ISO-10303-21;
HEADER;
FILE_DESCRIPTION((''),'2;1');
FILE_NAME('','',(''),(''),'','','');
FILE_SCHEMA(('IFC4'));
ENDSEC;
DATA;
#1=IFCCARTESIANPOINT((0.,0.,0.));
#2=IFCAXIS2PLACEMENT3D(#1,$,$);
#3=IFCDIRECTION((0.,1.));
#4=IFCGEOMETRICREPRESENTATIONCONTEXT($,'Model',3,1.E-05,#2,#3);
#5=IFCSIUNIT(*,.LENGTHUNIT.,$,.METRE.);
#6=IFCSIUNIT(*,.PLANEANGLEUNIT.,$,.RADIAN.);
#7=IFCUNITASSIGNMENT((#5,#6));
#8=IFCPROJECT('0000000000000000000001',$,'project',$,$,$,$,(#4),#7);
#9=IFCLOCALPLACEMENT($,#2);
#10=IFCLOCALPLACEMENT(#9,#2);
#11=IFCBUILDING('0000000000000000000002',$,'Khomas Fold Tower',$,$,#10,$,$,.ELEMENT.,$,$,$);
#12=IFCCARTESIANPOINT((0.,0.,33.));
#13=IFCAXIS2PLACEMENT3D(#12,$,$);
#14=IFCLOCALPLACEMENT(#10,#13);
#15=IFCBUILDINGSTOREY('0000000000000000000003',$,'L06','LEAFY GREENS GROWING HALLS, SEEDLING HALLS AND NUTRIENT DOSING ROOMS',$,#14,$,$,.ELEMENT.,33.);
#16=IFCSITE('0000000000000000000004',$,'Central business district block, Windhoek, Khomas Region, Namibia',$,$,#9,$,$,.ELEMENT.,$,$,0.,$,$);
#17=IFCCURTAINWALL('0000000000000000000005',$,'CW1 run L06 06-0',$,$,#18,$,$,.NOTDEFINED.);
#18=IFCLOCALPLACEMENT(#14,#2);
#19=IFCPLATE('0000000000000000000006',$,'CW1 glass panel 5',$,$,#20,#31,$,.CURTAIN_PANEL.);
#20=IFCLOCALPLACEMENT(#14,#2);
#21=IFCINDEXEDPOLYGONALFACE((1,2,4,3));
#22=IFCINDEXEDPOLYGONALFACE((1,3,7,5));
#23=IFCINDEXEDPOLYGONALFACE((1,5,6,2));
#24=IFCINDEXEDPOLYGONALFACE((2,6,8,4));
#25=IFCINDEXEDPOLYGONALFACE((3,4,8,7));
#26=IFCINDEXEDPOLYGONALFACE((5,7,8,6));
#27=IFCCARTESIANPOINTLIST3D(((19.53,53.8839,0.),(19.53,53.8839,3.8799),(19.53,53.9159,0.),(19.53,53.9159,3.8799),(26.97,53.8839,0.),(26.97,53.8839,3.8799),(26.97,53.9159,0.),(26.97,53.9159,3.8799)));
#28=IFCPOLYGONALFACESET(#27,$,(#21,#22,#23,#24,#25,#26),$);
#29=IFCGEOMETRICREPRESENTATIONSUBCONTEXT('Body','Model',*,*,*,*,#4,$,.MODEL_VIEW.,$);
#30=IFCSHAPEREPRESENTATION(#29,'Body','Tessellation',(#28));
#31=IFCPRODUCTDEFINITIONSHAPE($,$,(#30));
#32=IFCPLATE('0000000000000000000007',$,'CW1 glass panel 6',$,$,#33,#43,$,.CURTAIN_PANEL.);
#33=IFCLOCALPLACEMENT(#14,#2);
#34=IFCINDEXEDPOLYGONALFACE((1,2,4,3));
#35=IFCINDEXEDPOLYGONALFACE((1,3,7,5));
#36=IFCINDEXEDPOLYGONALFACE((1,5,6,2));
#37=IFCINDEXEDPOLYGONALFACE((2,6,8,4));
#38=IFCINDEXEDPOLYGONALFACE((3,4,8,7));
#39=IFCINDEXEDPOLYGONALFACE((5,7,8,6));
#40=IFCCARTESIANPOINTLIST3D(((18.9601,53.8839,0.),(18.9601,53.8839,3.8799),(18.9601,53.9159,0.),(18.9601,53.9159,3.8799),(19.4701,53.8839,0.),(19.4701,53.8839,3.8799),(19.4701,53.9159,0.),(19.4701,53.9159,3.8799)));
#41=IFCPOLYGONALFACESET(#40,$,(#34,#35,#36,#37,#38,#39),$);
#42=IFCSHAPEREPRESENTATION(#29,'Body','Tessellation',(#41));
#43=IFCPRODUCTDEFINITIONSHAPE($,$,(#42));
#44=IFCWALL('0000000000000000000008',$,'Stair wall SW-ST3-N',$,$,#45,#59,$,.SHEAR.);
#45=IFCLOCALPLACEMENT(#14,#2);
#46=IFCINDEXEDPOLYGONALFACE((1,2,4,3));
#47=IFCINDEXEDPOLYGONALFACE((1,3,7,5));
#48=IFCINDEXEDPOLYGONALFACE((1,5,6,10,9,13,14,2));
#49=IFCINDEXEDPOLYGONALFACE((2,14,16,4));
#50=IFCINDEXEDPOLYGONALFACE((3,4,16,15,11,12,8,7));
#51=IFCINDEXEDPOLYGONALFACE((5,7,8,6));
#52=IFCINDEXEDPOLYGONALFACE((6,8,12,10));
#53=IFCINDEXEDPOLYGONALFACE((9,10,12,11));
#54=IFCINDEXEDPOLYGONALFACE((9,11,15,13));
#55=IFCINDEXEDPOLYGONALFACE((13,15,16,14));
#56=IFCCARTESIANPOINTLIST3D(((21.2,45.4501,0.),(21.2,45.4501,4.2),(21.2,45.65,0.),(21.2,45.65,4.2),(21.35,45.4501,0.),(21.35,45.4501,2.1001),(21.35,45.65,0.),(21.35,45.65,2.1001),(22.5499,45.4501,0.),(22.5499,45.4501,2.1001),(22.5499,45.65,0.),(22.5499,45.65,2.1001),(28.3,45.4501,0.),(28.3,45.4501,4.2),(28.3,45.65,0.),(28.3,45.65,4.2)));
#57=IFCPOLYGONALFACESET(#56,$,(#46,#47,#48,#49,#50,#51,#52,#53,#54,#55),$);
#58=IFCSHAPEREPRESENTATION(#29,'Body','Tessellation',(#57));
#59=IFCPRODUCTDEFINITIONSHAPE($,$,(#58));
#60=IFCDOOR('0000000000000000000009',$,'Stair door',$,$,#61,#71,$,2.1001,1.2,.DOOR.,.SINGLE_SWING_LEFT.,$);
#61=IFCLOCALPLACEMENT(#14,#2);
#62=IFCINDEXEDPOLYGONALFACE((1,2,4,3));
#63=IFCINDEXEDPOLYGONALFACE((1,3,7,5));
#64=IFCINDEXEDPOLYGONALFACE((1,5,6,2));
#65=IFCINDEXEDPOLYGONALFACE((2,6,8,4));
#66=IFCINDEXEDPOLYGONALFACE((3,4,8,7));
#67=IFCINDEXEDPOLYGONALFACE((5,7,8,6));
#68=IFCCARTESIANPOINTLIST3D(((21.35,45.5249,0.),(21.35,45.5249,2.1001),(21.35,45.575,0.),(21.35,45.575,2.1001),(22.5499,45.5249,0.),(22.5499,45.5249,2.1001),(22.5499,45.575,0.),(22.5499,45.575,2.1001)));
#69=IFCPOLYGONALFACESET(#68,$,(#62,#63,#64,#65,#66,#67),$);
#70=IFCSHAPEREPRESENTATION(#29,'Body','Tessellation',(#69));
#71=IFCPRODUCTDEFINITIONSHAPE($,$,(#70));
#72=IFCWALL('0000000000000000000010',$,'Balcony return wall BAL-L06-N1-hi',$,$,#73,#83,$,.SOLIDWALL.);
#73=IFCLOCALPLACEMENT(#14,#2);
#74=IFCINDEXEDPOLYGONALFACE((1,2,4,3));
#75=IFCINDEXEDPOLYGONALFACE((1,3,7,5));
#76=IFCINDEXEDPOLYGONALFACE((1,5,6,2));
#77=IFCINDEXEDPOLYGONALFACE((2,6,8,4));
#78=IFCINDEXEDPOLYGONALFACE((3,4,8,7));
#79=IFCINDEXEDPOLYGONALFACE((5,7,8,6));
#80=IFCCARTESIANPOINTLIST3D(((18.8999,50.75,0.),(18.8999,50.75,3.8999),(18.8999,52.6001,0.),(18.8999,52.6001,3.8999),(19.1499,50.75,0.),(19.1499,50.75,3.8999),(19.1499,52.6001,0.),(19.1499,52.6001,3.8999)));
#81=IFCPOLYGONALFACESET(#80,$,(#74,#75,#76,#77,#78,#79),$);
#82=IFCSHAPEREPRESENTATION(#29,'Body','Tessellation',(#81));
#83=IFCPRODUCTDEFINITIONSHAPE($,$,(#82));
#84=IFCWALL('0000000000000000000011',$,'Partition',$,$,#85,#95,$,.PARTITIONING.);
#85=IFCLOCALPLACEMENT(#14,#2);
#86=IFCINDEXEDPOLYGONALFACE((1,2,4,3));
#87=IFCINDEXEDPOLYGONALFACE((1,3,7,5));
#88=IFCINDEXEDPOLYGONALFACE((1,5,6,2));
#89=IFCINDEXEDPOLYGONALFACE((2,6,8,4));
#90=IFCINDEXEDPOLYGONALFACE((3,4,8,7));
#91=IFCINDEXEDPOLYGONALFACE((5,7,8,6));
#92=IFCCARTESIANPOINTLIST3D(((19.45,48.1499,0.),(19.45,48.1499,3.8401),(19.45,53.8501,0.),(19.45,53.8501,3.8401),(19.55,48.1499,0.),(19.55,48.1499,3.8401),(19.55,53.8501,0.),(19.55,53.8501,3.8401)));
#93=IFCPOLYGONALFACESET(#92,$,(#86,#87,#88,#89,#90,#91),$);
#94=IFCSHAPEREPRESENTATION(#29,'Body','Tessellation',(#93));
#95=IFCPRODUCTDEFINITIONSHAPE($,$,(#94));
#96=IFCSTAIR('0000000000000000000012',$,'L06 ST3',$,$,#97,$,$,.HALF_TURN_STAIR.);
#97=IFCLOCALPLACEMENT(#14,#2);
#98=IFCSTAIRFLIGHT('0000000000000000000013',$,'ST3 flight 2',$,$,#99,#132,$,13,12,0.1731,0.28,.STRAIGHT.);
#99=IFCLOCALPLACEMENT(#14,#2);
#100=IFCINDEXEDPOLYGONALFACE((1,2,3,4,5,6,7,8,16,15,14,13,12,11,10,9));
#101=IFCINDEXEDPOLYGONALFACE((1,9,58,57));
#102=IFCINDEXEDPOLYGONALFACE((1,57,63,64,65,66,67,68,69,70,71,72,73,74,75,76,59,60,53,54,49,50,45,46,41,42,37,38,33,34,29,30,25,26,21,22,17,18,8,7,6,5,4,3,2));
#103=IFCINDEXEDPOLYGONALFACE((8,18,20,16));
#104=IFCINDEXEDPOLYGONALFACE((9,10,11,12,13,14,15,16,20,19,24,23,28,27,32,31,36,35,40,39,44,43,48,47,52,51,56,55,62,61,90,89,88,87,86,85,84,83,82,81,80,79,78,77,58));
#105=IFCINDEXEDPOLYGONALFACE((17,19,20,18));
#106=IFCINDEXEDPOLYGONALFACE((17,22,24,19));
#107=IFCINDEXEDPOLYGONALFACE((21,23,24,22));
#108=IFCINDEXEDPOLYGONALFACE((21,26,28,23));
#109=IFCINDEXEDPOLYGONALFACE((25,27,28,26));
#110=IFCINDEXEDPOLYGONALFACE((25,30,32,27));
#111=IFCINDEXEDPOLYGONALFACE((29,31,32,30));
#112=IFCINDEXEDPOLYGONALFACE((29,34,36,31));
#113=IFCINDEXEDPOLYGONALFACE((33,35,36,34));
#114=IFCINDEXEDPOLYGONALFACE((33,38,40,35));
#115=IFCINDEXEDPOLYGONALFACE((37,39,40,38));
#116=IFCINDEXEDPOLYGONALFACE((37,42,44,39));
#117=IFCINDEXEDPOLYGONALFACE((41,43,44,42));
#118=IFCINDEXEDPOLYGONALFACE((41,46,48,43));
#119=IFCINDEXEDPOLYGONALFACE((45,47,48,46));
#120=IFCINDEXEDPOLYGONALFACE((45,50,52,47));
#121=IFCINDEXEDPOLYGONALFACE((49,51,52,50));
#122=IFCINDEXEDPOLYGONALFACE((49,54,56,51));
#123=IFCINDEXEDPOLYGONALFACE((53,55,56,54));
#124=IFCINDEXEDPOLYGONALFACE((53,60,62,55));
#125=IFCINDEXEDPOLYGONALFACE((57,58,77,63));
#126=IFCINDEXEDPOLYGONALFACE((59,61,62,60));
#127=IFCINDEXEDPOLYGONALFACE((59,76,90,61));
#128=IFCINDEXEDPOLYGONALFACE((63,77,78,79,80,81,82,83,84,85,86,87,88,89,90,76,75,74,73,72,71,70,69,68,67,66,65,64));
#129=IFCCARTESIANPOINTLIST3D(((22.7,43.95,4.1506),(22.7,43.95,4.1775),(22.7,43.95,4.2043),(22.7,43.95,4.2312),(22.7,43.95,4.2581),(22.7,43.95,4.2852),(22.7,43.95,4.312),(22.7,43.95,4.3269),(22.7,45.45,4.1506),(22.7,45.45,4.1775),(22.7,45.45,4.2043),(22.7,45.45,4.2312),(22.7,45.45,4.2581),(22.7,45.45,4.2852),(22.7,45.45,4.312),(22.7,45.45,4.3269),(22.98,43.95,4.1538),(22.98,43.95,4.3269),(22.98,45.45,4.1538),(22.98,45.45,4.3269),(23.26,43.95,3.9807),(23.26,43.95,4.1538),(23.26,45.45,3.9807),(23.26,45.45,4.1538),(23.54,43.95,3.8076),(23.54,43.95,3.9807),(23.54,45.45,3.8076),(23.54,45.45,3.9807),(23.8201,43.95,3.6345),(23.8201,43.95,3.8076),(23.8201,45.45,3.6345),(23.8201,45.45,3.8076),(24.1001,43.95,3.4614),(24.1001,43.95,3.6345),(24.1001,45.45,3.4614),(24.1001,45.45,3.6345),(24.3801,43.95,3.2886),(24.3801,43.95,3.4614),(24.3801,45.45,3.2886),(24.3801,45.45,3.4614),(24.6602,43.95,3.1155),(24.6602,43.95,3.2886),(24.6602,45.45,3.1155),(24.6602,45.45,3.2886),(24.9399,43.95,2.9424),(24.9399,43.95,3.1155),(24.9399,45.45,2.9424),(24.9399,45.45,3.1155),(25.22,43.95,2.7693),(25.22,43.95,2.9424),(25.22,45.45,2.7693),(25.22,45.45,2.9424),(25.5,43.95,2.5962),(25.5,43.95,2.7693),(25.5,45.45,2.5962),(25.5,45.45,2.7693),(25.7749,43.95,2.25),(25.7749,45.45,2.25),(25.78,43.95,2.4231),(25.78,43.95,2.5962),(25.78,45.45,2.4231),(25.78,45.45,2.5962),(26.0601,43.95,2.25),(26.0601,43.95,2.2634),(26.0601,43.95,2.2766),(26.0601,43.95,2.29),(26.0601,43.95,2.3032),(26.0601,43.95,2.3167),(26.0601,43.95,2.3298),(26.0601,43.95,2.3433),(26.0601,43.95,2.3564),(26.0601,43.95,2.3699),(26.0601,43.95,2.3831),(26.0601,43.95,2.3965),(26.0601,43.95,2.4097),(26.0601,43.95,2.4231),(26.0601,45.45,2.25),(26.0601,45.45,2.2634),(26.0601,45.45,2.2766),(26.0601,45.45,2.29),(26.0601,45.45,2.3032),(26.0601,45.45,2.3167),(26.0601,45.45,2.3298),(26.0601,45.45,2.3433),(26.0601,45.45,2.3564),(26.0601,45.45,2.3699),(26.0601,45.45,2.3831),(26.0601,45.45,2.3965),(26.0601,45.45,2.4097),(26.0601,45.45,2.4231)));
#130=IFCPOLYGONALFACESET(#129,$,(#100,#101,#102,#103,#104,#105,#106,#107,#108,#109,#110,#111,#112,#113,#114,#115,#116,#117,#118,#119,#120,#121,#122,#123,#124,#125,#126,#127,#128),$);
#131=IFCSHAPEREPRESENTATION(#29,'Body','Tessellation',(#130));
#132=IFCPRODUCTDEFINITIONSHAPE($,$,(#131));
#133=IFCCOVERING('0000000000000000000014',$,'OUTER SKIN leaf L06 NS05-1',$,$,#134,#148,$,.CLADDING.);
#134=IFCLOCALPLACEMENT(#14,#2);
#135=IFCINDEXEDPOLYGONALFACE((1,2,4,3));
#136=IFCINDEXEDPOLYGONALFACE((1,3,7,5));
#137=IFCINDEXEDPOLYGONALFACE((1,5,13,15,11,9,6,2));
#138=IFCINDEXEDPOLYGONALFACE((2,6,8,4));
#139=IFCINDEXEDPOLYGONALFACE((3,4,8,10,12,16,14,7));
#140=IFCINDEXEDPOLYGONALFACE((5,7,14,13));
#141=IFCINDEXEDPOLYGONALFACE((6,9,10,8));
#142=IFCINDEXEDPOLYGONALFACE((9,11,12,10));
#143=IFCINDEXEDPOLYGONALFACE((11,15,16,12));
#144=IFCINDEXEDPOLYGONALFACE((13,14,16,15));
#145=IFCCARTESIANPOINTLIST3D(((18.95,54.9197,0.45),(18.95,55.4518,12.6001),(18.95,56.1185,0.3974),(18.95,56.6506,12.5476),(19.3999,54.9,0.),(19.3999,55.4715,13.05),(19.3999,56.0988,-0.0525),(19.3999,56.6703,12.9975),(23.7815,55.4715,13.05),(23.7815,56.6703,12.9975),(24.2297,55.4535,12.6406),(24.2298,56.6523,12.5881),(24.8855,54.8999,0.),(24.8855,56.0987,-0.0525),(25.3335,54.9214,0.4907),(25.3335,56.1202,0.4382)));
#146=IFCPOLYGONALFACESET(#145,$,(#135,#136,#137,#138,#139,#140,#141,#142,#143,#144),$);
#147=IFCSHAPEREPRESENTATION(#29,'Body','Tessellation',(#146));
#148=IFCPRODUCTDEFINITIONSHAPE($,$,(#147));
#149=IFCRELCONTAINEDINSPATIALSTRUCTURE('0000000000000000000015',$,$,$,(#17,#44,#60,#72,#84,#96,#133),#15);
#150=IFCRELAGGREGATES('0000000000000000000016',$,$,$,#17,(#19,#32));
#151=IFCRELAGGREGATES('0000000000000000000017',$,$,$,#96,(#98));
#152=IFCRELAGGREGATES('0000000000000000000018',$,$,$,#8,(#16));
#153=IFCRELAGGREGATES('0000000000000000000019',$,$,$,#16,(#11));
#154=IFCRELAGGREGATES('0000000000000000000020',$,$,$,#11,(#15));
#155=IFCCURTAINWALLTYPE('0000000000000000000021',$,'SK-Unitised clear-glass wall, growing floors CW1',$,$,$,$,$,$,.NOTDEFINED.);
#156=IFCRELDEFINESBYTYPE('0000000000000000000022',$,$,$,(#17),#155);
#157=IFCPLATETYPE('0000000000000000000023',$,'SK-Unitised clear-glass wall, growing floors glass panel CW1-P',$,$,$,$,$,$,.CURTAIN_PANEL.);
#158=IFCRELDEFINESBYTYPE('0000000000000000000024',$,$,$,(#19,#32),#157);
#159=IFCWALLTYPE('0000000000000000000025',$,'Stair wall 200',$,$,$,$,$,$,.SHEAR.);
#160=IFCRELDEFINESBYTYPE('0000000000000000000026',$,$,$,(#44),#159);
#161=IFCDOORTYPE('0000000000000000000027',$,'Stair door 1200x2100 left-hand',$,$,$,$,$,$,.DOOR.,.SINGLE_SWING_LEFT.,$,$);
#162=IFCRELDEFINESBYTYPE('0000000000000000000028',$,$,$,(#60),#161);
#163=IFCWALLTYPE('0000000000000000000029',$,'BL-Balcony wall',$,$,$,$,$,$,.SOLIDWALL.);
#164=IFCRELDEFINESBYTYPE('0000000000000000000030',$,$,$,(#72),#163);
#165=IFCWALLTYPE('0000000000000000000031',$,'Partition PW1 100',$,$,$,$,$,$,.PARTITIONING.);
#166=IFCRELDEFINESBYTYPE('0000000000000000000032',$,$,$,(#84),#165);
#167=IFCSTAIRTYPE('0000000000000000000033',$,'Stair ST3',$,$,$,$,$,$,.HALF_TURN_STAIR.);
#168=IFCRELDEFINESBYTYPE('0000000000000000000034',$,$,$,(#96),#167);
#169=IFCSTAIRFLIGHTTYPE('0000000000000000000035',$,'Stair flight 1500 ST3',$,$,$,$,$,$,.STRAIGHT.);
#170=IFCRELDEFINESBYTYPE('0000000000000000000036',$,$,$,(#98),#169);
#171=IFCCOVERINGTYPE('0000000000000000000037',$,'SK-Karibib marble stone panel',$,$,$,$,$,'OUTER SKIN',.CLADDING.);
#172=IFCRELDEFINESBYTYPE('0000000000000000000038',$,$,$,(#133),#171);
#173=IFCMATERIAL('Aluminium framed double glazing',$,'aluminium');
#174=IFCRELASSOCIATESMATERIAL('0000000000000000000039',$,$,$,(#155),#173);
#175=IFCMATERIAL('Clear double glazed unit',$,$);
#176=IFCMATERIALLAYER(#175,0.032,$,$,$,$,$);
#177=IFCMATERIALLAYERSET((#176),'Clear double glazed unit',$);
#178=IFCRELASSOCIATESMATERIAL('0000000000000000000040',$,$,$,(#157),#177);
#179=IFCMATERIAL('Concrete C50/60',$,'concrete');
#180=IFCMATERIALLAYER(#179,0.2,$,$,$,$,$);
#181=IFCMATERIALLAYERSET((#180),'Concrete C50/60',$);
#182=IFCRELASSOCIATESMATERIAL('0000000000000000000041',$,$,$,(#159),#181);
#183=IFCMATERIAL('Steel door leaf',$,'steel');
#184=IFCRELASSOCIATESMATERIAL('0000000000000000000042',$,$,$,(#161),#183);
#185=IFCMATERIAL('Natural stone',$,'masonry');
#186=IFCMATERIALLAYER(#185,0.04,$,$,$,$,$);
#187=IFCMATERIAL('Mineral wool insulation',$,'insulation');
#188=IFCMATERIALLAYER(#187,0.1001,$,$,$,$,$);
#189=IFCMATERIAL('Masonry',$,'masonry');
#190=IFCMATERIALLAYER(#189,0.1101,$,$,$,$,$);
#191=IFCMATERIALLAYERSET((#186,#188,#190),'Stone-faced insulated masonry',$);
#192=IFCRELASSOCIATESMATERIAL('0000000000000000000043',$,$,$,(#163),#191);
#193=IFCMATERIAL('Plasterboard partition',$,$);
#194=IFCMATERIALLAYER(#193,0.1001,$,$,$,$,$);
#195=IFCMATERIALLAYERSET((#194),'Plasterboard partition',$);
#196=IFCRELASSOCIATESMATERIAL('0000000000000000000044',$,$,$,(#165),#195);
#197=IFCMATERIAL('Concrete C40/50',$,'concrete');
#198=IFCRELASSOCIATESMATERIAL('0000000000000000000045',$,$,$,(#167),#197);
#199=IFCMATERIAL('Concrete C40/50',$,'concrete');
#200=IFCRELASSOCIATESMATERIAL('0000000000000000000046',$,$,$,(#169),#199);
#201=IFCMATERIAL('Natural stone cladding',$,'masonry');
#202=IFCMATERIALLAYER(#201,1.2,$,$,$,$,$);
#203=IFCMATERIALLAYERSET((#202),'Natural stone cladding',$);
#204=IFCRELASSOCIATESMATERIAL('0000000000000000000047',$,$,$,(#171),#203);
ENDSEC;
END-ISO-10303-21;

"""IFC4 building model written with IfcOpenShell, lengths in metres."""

from ifc_helpers import new_model, si_unit, direction, frame, frame_2d, origin, origin_2d, place, context, subcontext, project, spatial, polyline, rectangle, outline, extrude, source, transform, mapped, material, layer, layer_set, type_object, element, fill, aggregate, save


model = new_model("IFC4")

# Units and contexts
model_context = context("Model", 3, precision=1e-05, world=origin(), true_north=direction((0.0, 1.0)))
body_context = subcontext(model_context, "Body", "Model", "MODEL_VIEW")
ifc_project = project(units=[si_unit("LENGTHUNIT", "METRE"), si_unit("PLANEANGLEUNIT", "RADIAN")], contexts=[model_context])

# Site, building, storey
site_placement = place(None, origin())
site = spatial("IfcSite", under=ifc_project, at=site_placement, Name="Central business district block, Windhoek, Khomas Region, Namibia", CompositionType="ELEMENT", RefElevation=0.0)
building_placement = place(site_placement, origin())
building = spatial("IfcBuilding", under=site, at=building_placement, Name="Khomas Fold Tower", CompositionType="ELEMENT")
storey_placement = place(building_placement, frame((0.0, 0.0, 33.0)))
storey = spatial("IfcBuildingStorey", under=building, at=storey_placement, Name="L06", Description="LEAFY GREENS GROWING HALLS, SEEDLING HALLS AND NUTRIENT DOSING ROOMS", CompositionType="ELEMENT", Elevation=33.0)

# Curtain wall, plates
ifc_material_1 = material(Name="Aluminium framed double glazing", Category="aluminium")
curtain_wall_type = type_object("IfcCurtainWallType", Name="SK-Unitised clear-glass wall, growing floors CW1", PredefinedType="NOTDEFINED", material=ifc_material_1)
curtain_wall_placement = place(storey_placement, origin())
curtain_wall = element("IfcCurtainWall", 1, at=curtain_wall_placement, inside=storey, type_object=curtain_wall_type, Name="CW1 run L06 06-0", PredefinedType="NOTDEFINED")
ifc_material_2 = material(Name="Clear double glazed unit")
ifc_layer_1 = layer(ifc_material_2, 0.032)
ifc_layer_set_1 = layer_set([ifc_layer_1], Name="Clear double glazed unit")
plate_type = type_object("IfcPlateType", Name="SK-Unitised clear-glass wall, growing floors glass panel CW1-P", PredefinedType="CURTAIN_PANEL", material=ifc_layer_set_1)
shared_shape_1 = source(origin(), body_context, "Body", "SweptSolid", [
    extrude(rectangle(XDim=7.4399, YDim=0.032, at=origin_2d()), origin(), (0.0, 0.0, 1.0), 3.8799),
])
plate_1_placement = place(storey_placement, frame((23.25, 53.8999, 0.0), z_axis=(0.0, 0.0, 1.0), x_axis=(-1.0, 0.0, 0.0)))
plate_1 = element("IfcPlate", 2, at=plate_1_placement, type_object=plate_type, Name="CW1 glass panel 5", PredefinedType="CURTAIN_PANEL", context=body_context, shape_type="MappedRepresentation", body=[
    mapped(shared_shape_1, transform((0.0, 0.0, 0.0))),
])
shared_shape_2 = source(origin(), body_context, "Body", "SweptSolid", [
    extrude(rectangle(XDim=0.51, YDim=0.032, at=origin_2d()), origin(), (0.0, 0.0, 1.0), 3.8799),
])
plate_2_placement = place(storey_placement, frame((19.2151, 53.8999, 0.0), z_axis=(0.0, 0.0, 1.0), x_axis=(-1.0, 0.0, 0.0)))
plate_2 = element("IfcPlate", 3, at=plate_2_placement, type_object=plate_type, Name="CW1 glass panel 6", PredefinedType="CURTAIN_PANEL", context=body_context, shape_type="MappedRepresentation", body=[
    mapped(shared_shape_2, transform((0.0, 0.0, 0.0))),
])
aggregate(curtain_wall, [plate_1, plate_2])

# Wall, opening, door
ifc_material_3 = material(Name="Concrete C50/60", Category="concrete")
ifc_layer_2 = layer(ifc_material_3, 0.2)
ifc_layer_set_2 = layer_set([ifc_layer_2], Name="Concrete C50/60")
wall_type_1 = type_object("IfcWallType", Name="Stair wall 200", PredefinedType="SHEAR", material=ifc_layer_set_2)
shared_shape_3 = source(origin(), body_context, "Body", "SweptSolid", [
    extrude(rectangle(XDim=7.1001, YDim=0.2, at=frame_2d((3.55, 0.0))), origin(), (0.0, 0.0, 1.0), 4.2),
])
wall_1_placement = place(storey_placement, frame((21.2, 45.55, 0.0), z_axis=(0.0, 0.0, 1.0), x_axis=(1.0, 0.0, 0.0)))
wall_1 = element("IfcWall", 4, at=wall_1_placement, inside=storey, type_object=wall_type_1, Name="Stair wall SW-ST3-N", PredefinedType="SHEAR", context=body_context, shape_type="MappedRepresentation", body=[
    mapped(shared_shape_3, transform((0.0, 0.0, 0.0))),
])
shared_shape_4 = source(origin(), body_context, "Body", "SweptSolid", [
    extrude(rectangle(XDim=1.2, YDim=2.1001, at=frame_2d((0.6001, 1.05))), frame((0.0, 0.1099, 0.0), z_axis=(0.0, -1.0, 0.0), x_axis=(1.0, 0.0, 0.0)), (0.0, 0.0, 1.0), 0.22),
])
opening_placement = place(wall_1_placement, frame((0.1499, 0.0, 0.0)))
opening = element("IfcOpeningElement", 5, at=opening_placement, cuts=wall_1, PredefinedType="OPENING", context=body_context, shape_type="MappedRepresentation", body=[
    mapped(shared_shape_4, transform((0.0, 0.0, 0.0))),
])
ifc_material_4 = material(Name="Steel door leaf", Category="steel")
door_type = type_object("IfcDoorType", Name="Stair door 1200x2100 left-hand", OperationType="SINGLE_SWING_LEFT", PredefinedType="DOOR", material=ifc_material_4)
shared_shape_5 = source(origin(), body_context, "Body", "SweptSolid", [
    extrude(rectangle(XDim=1.2, YDim=2.1001, at=frame_2d((0.6001, 1.05))), frame((0.0, 0.0249, 0.0), z_axis=(0.0, -1.0, 0.0), x_axis=(1.0, 0.0, 0.0)), (0.0, 0.0, 1.0), 0.05),
])
door_placement = place(opening_placement, origin())
door = element("IfcDoor", 6, at=door_placement, inside=storey, type_object=door_type, Name="Stair door", OperationType="SINGLE_SWING_LEFT", OverallHeight=2.1001, OverallWidth=1.2, PredefinedType="DOOR", context=body_context, shape_type="MappedRepresentation", body=[
    mapped(shared_shape_5, transform((0.0, 0.0, 0.0))),
])
fill(opening, door)

# Walls
ifc_material_5 = material(Name="Natural stone", Category="masonry")
ifc_layer_3 = layer(ifc_material_5, 0.04)
ifc_material_6 = material(Name="Mineral wool insulation", Category="insulation")
ifc_layer_4 = layer(ifc_material_6, 0.1001)
ifc_material_7 = material(Name="Masonry", Category="masonry")
ifc_layer_5 = layer(ifc_material_7, 0.1101)
ifc_layer_set_3 = layer_set([ifc_layer_3, ifc_layer_4, ifc_layer_5], Name="Stone-faced insulated masonry")
wall_type_2 = type_object("IfcWallType", Name="BL-Balcony wall", PredefinedType="SOLIDWALL", material=ifc_layer_set_3)
shared_shape_6 = source(origin(), body_context, "Body", "SweptSolid", [
    extrude(rectangle(XDim=1.8501, YDim=0.25, at=frame_2d((0.925, 0.0))), origin(), (0.0, 0.0, 1.0), 3.8999),
])
wall_2_placement = place(storey_placement, frame((19.0249, 52.6001, 0.0), z_axis=(0.0, 0.0, 1.0), x_axis=(0.0, -1.0, 0.0)))
element("IfcWall", 7, at=wall_2_placement, inside=storey, type_object=wall_type_2, Name="Balcony return wall BAL-L06-N1-hi", PredefinedType="SOLIDWALL", context=body_context, shape_type="MappedRepresentation", body=[
    mapped(shared_shape_6, transform((0.0, 0.0, 0.0))),
])
ifc_material_8 = material(Name="Plasterboard partition")
ifc_layer_6 = layer(ifc_material_8, 0.1001)
ifc_layer_set_4 = layer_set([ifc_layer_6], Name="Plasterboard partition")
wall_type_3 = type_object("IfcWallType", Name="Partition PW1 100", PredefinedType="PARTITIONING", material=ifc_layer_set_4)
shared_shape_7 = source(origin(), body_context, "Body", "SweptSolid", [
    extrude(rectangle(XDim=5.7002, YDim=0.1001, at=frame_2d((2.8501, 0.0))), origin(), (0.0, 0.0, 1.0), 3.8401),
])
wall_3_placement = place(storey_placement, frame((19.5, 48.1499, 0.0), z_axis=(0.0, 0.0, 1.0), x_axis=(0.0, 1.0, 0.0)))
element("IfcWall", 8, at=wall_3_placement, inside=storey, type_object=wall_type_3, Name="Partition", PredefinedType="PARTITIONING", context=body_context, shape_type="MappedRepresentation", body=[
    mapped(shared_shape_7, transform((0.0, 0.0, 0.0))),
])

# Stair, stair flight
ifc_material_9 = material(Name="Concrete C40/50", Category="concrete")
stair_type = type_object("IfcStairType", Name="Stair ST3", PredefinedType="HALF_TURN_STAIR", material=ifc_material_9)
stair_placement = place(storey_placement, origin())
stair = element("IfcStair", 9, at=stair_placement, inside=storey, type_object=stair_type, Name="L06 ST3", PredefinedType="HALF_TURN_STAIR")
ifc_material_10 = material(Name="Concrete C40/50", Category="concrete")
stair_flight_type = type_object("IfcStairFlightType", Name="Stair flight 1500 ST3", PredefinedType="STRAIGHT", material=ifc_material_10)
shared_shape_8 = source(origin(), body_context, "Body", "SweptSolid", [
    extrude(outline(polyline([(0.0, 0.0), (0.0, 0.0134), (0.0, 0.0266), (0.0, 0.04), (0.0, 0.0532), (0.0, 0.0667), (0.0, 0.0798), (0.0, 0.0933), (0.0, 0.1064), (0.0, 0.1199), (0.0, 0.1331), (0.0, 0.1465), (0.0, 0.1597), (0.0, 0.1731), (0.28, 0.1731), (0.28, 0.3462), (0.5601, 0.3462), (0.5601, 0.5193), (0.8401, 0.5193), (0.8401, 0.6924), (1.1201, 0.6924), (1.1201, 0.8655), (1.3999, 0.8655), (1.3999, 1.0386), (1.6799, 1.0386), (1.6799, 1.2114), (1.96, 1.2114), (1.96, 1.3845), (2.24, 1.3845), (2.24, 1.5576), (2.52, 1.5576), (2.52, 1.7307), (2.8, 1.7307), (2.8, 1.9038), (3.0801, 1.9038), (3.0801, 2.0769), (3.3601, 2.0769), (3.3601, 2.25), (3.3601, 2.2231), (3.3601, 2.1963), (3.3601, 2.1694), (3.3601, 2.1426), (3.3601, 2.1157), (3.3601, 2.0889), (3.3601, 2.062), (3.3601, 2.0352), (3.3601, 2.0081), (3.3601, 1.9812), (3.3601, 1.9543), (3.3601, 1.9275), (3.3601, 1.9006), (0.2852, 0.0), (0.0, 0.0)])), frame((0.0, 0.75, 0.0), z_axis=(0.0, -1.0, 0.0), x_axis=(1.0, 0.0, 0.0)), (0.0, 0.0, 1.0), 1.5),
])
stair_flight_placement = place(storey_placement, frame((26.0601, 44.7, 2.25), z_axis=(0.0, 0.0, 1.0), x_axis=(-1.0, 0.0, 0.0)))
stair_flight = element("IfcStairFlight", 10, at=stair_flight_placement, type_object=stair_flight_type, Name="ST3 flight 2", NumberOfRisers=13, NumberOfTreads=12, PredefinedType="STRAIGHT", RiserHeight=0.1731, TreadLength=0.28, context=body_context, shape_type="MappedRepresentation", body=[
    mapped(shared_shape_8, transform((0.0, 0.0, 0.0))),
])
aggregate(stair, [stair_flight])

# Covering
ifc_material_11 = material(Name="Natural stone cladding", Category="masonry")
ifc_layer_7 = layer(ifc_material_11, 1.2)
ifc_layer_set_5 = layer_set([ifc_layer_7], Name="Natural stone cladding")
covering_type = type_object("IfcCoveringType", Name="SK-Karibib marble stone panel", ElementType="OUTER SKIN", PredefinedType="CLADDING", material=ifc_layer_set_5)
covering_1_placement = place(storey_placement, frame((18.95, 54.9197, 0.45), z_axis=(-0.000012, -0.999042, 0.043755), x_axis=(0.0, 0.043755, 0.999042)))
element("IfcCovering", 11, at=covering_1_placement, inside=storey, type_object=covering_type, Name="OUTER SKIN leaf L06 NS05-1", PredefinedType="CLADDING", context=body_context, shape_type="SweptSolid", body=[
    extrude(outline(polyline([(0.0, 0.0), (12.1618, 0.0), (12.6122, -0.45), (12.6122, -4.8315), (12.2024, -5.2798), (0.0408, -6.3835), (-0.4504, -5.9355), (-0.4504, -0.45), (0.0, 0.0)])), origin(), (0.0, 0.0, -1.0), 1.2),
])

save(model, "model.ifc")
